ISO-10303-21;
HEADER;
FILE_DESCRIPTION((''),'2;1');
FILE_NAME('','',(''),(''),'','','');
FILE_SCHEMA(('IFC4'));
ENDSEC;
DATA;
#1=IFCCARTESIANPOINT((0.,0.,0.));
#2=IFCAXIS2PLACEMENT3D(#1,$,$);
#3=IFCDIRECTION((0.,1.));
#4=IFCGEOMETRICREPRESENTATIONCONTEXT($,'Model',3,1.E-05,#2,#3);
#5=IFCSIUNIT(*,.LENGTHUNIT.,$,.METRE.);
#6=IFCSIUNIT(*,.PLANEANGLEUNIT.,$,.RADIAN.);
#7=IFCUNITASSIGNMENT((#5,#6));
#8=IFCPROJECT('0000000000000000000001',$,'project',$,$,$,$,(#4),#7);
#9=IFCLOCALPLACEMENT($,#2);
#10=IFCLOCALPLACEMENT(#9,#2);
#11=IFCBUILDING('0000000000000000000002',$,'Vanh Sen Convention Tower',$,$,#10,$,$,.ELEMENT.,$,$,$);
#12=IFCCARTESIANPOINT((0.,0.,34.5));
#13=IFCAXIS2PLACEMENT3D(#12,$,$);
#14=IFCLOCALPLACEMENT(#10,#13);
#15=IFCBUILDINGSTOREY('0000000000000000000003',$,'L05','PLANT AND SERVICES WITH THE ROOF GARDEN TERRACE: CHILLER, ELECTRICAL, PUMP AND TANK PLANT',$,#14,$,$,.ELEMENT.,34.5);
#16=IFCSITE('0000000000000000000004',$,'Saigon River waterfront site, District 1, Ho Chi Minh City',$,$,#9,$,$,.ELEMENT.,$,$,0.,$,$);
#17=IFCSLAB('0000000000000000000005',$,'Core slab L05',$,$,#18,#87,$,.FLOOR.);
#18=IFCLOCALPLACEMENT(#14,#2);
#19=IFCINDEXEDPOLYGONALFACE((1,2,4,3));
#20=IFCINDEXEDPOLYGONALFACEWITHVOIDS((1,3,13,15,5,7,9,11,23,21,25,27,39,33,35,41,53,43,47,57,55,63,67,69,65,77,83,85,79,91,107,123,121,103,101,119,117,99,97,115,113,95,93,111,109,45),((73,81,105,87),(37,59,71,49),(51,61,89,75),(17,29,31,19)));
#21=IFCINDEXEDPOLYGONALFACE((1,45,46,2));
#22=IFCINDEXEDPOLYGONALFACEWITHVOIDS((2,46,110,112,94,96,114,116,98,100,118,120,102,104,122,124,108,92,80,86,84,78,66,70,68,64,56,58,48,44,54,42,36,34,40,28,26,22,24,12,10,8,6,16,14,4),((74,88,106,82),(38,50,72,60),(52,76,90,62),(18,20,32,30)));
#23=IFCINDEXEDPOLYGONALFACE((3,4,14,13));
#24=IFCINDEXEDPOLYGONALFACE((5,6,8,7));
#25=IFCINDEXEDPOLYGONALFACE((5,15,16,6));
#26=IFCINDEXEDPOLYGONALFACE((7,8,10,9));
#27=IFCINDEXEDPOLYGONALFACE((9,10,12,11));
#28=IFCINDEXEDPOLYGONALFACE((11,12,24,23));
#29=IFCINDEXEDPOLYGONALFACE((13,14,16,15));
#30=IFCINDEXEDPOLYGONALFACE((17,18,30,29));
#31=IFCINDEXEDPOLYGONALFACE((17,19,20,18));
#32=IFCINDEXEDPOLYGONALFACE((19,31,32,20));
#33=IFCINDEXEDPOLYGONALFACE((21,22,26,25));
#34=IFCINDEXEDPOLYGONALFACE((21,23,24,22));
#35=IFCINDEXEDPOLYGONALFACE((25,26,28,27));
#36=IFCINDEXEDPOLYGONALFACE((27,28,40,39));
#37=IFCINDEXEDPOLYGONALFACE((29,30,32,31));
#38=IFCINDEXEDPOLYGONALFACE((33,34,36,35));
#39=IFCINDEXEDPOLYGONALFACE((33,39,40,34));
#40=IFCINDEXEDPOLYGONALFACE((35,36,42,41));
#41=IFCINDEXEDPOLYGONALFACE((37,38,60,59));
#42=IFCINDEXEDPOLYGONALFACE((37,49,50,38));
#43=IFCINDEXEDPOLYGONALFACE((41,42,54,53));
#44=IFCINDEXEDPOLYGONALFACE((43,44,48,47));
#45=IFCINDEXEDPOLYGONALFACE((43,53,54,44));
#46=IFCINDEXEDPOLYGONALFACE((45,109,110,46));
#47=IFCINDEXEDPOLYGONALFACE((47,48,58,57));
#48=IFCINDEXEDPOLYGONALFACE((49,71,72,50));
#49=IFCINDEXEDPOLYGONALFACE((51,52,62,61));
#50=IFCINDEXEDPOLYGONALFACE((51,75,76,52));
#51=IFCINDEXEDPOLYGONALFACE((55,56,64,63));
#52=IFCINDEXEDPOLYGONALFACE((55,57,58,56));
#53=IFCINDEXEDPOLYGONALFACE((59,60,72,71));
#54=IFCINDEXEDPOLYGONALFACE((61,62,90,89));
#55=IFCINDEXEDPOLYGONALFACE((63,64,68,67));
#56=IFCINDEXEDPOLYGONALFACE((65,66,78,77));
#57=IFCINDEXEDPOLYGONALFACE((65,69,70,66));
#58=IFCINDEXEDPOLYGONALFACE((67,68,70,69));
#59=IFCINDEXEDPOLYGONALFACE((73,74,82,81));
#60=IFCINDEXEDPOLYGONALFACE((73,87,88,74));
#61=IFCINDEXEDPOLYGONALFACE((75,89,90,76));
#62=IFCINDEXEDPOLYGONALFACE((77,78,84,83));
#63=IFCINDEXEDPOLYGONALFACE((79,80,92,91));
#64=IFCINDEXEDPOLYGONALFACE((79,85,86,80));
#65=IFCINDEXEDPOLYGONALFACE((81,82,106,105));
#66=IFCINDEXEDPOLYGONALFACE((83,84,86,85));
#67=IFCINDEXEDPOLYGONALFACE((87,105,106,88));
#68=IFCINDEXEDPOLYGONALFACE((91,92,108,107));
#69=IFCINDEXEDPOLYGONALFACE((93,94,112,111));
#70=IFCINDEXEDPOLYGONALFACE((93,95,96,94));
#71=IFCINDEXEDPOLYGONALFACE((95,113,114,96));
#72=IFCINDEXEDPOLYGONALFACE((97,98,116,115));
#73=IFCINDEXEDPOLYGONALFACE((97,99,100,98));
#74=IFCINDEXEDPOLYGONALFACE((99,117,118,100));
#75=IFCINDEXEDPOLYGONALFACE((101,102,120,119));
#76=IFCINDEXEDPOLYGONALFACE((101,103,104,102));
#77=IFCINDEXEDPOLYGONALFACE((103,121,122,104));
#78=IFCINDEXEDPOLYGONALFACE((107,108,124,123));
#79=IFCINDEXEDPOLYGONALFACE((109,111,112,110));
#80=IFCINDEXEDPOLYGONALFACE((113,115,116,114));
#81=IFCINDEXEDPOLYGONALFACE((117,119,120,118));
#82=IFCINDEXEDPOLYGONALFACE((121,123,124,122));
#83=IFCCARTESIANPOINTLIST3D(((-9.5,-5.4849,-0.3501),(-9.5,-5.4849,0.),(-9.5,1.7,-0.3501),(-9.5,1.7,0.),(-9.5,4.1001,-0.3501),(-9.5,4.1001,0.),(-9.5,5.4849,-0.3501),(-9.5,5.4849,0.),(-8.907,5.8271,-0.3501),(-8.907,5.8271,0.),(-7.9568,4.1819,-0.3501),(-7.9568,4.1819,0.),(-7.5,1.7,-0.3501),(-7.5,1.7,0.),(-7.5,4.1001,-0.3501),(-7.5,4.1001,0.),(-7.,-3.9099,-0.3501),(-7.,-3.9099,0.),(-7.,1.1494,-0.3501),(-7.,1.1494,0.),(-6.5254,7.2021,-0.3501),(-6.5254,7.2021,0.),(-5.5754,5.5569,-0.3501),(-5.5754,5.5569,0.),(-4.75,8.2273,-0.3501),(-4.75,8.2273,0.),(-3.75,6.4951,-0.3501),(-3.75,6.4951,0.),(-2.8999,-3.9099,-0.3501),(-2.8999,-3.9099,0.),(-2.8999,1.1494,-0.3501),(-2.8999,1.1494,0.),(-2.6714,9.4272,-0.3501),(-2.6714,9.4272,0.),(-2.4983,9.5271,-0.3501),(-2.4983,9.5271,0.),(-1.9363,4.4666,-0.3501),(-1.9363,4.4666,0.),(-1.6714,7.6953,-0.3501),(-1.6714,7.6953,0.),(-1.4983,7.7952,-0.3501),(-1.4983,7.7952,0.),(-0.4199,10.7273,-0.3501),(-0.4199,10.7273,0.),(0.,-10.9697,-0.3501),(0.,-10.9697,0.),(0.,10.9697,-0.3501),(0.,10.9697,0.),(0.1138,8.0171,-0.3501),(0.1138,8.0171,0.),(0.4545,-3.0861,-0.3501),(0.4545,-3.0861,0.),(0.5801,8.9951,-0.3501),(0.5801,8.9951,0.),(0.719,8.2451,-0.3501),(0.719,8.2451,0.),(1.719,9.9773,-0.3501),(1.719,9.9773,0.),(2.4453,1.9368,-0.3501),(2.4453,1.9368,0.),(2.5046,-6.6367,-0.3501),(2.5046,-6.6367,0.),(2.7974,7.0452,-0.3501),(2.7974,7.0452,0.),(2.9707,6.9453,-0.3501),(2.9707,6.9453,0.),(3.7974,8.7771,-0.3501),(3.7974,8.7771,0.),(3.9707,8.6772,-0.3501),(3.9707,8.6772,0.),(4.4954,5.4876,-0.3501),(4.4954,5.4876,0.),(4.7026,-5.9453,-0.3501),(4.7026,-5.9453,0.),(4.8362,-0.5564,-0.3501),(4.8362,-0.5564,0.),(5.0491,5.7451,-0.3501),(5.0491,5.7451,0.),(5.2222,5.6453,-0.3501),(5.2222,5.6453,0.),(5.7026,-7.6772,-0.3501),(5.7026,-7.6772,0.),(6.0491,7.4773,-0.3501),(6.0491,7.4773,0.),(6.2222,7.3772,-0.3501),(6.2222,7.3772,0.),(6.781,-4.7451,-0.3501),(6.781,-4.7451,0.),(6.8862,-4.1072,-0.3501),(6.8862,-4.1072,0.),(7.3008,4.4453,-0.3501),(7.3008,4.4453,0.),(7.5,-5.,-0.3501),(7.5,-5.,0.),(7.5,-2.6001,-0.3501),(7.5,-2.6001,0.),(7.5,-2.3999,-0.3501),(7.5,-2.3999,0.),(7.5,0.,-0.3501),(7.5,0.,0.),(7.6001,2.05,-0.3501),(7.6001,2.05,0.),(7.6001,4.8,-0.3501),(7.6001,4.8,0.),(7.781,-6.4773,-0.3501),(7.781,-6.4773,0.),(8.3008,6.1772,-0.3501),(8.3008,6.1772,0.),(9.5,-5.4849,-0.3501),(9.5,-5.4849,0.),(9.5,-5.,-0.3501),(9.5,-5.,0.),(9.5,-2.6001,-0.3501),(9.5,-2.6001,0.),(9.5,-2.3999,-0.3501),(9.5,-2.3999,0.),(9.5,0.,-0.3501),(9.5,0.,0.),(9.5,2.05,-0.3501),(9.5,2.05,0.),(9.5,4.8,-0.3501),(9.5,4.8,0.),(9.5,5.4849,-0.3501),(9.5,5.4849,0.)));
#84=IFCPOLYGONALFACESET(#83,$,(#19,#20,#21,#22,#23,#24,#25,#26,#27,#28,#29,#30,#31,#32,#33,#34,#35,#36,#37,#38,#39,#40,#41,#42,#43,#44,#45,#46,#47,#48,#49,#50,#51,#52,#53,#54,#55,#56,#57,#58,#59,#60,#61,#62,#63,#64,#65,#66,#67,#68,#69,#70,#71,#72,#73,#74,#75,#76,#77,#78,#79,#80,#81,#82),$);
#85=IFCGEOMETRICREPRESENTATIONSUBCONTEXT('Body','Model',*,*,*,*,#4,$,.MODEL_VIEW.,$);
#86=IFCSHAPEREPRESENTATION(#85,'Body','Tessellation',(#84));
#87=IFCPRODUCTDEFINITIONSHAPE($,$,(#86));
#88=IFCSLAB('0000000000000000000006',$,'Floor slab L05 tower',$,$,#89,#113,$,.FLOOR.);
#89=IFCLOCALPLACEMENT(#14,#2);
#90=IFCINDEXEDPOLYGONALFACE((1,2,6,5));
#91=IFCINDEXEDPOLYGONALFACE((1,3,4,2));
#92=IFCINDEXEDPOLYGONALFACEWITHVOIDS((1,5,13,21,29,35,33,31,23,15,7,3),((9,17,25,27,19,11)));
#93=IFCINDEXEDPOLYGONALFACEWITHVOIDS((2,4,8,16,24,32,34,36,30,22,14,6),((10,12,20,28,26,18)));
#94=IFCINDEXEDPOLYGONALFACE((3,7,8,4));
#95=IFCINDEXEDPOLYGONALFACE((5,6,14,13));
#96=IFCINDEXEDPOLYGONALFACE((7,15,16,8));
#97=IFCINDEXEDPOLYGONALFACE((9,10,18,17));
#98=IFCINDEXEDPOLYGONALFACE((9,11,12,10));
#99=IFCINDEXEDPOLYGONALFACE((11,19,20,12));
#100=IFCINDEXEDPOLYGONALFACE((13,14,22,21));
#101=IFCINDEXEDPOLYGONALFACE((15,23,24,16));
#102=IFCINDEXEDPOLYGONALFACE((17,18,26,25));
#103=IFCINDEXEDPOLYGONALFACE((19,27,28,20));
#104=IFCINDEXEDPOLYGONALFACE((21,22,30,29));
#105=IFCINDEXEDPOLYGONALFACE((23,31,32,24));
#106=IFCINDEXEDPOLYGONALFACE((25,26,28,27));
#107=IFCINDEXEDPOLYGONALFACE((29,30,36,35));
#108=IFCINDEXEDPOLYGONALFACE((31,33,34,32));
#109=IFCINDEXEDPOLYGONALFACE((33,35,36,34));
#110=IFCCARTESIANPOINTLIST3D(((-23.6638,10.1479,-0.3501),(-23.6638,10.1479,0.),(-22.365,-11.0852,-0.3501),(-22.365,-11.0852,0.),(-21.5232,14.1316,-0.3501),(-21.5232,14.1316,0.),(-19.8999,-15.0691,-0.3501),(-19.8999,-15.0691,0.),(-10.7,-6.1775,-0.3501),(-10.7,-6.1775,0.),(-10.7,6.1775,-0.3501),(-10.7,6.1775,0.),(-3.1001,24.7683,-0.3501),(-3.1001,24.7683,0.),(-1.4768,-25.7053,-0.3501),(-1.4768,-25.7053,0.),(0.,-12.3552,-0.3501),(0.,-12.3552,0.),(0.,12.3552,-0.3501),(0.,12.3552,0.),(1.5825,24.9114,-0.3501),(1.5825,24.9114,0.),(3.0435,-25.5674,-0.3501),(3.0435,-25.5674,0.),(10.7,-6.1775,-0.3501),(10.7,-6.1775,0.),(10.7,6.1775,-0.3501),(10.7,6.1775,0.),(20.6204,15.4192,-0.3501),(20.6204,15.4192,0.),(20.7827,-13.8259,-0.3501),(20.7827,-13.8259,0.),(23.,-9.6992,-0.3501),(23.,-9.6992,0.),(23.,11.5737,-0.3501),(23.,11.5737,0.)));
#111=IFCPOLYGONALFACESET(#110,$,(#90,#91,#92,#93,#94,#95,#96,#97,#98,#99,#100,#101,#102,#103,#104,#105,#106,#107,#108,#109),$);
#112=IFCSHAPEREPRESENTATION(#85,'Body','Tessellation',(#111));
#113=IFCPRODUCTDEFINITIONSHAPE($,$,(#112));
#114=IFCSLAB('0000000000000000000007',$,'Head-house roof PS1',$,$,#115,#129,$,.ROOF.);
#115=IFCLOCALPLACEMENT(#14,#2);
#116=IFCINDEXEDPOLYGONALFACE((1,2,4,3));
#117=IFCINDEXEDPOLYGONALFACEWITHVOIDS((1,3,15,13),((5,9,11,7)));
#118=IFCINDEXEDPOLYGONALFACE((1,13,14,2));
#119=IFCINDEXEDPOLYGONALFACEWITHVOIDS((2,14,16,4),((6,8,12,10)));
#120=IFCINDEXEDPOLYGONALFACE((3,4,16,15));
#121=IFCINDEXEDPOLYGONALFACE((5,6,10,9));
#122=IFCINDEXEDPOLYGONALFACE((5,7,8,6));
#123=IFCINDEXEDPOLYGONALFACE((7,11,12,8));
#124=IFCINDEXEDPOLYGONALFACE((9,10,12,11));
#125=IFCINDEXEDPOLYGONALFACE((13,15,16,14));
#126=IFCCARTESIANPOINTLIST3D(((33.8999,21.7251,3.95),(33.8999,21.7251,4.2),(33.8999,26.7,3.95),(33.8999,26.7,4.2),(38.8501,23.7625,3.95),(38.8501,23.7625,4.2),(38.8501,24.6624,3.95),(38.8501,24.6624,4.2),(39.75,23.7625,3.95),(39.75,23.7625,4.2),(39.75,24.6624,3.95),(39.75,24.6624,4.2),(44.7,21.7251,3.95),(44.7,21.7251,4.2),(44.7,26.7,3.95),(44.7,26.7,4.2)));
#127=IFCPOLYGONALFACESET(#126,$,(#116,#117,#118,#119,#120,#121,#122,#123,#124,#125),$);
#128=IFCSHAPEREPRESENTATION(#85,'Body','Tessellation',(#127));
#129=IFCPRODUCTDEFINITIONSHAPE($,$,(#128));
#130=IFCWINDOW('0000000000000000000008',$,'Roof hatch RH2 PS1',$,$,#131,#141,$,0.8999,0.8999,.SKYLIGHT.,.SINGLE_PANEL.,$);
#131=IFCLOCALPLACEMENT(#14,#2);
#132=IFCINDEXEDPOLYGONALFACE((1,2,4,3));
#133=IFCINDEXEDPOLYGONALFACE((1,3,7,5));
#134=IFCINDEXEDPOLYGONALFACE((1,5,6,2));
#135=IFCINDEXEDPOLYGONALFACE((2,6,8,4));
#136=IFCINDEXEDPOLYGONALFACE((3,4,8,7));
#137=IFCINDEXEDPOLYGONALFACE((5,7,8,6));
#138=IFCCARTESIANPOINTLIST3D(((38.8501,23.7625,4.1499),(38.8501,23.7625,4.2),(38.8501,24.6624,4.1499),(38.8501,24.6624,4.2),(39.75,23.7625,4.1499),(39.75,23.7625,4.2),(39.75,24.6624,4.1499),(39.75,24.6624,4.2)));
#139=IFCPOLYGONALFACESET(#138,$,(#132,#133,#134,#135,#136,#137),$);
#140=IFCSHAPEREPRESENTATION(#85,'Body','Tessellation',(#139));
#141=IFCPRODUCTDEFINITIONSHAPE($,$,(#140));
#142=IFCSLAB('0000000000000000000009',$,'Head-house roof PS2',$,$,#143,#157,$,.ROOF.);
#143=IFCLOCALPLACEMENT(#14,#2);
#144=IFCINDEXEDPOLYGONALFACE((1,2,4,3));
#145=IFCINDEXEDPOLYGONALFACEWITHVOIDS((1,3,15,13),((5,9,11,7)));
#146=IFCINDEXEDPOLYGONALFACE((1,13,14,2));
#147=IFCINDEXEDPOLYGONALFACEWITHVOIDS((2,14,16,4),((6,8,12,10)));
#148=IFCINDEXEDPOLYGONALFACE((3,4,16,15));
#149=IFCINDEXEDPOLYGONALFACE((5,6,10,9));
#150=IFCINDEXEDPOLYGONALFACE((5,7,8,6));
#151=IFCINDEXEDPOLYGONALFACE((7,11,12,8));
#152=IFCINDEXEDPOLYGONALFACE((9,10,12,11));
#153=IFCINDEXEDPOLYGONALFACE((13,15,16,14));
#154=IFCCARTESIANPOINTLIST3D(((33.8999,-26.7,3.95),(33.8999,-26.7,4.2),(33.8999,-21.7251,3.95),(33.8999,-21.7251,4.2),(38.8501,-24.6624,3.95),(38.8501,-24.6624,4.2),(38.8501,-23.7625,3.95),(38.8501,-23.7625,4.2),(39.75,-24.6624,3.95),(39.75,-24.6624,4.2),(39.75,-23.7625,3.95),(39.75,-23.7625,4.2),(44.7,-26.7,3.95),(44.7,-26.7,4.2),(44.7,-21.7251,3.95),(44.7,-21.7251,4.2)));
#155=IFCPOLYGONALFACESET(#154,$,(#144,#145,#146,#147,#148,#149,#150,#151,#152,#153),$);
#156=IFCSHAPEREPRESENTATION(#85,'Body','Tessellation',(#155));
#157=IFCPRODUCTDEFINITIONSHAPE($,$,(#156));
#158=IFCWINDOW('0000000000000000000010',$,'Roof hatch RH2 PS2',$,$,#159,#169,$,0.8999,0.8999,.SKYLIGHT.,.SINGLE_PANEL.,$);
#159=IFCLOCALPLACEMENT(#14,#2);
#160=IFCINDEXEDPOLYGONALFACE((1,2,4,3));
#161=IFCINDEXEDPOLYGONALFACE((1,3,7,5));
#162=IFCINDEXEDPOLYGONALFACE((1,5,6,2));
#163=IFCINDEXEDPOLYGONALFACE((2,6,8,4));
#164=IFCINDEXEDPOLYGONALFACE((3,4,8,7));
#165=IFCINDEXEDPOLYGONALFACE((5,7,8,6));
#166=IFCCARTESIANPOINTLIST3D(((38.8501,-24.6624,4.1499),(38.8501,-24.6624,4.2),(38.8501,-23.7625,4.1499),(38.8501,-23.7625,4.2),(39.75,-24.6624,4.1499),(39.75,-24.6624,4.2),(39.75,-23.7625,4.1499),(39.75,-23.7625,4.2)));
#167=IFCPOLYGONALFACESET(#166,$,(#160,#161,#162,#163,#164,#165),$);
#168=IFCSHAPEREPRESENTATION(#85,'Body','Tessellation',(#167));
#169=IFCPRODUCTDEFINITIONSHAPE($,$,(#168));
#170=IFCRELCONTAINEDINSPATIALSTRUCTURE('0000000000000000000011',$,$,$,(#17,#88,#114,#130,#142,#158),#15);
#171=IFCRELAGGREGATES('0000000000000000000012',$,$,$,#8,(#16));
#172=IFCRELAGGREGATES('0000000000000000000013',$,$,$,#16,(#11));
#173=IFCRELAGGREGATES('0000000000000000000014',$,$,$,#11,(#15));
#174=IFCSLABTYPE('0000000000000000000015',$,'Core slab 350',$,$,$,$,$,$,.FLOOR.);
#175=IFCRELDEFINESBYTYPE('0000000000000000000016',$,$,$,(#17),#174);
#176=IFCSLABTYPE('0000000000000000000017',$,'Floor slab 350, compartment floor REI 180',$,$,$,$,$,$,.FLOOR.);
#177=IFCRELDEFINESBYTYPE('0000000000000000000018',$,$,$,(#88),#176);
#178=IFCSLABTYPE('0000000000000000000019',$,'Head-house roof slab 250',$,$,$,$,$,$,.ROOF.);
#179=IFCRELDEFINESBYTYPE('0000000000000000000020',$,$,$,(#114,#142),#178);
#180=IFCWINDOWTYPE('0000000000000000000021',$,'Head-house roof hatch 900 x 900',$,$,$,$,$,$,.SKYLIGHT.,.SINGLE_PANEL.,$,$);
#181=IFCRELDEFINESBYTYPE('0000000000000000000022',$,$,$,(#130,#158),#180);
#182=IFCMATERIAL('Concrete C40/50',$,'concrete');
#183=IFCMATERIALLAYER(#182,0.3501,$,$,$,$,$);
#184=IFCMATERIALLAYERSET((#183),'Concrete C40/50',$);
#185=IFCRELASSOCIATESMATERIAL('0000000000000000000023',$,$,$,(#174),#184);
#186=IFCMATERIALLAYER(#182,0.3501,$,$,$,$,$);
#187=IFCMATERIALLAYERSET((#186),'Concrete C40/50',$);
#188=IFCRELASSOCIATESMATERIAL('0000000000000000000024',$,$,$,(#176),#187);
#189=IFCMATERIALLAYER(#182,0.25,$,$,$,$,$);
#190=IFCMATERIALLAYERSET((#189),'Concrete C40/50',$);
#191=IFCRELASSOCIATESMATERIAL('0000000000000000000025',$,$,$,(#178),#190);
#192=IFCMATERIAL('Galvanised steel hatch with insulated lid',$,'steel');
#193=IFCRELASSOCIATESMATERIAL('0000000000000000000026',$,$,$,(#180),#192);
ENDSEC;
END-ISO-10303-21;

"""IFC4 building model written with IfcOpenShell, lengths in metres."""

from ifc_helpers import new_model, si_unit, direction, frame, origin, origin_2d, place, context, subcontext, project, spatial, polyline, rectangle, outline, extrude, material, layer, layer_set, type_object, element, fill, save


model = new_model("IFC4")

# Units and contexts
model_context = context("Model", 3, precision=1e-05, world=origin(), true_north=direction((0.0, 1.0)))
body_context = subcontext(model_context, "Body", "Model", "MODEL_VIEW")
ifc_project = project(units=[si_unit("LENGTHUNIT", "METRE"), si_unit("PLANEANGLEUNIT", "RADIAN")], contexts=[model_context])

# Site, building, storey
site_placement = place(None, origin())
site = spatial("IfcSite", under=ifc_project, at=site_placement, Name="Saigon River waterfront site, District 1, Ho Chi Minh City", CompositionType="ELEMENT", RefElevation=0.0)
building_placement = place(site_placement, origin())
building = spatial("IfcBuilding", under=site, at=building_placement, Name="Vanh Sen Convention Tower", CompositionType="ELEMENT")
storey_placement = place(building_placement, frame((0.0, 0.0, 34.5)))
storey = spatial("IfcBuildingStorey", under=building, at=storey_placement, Name="L05", Description="PLANT AND SERVICES WITH THE ROOF GARDEN TERRACE: CHILLER, ELECTRICAL, PUMP AND TANK PLANT", CompositionType="ELEMENT", Elevation=34.5)

# Slabs
ifc_material_1 = material(Name="Concrete C40/50", Category="concrete")
ifc_layer_1 = layer(ifc_material_1, 0.3501)
ifc_layer_set_1 = layer_set([ifc_layer_1], Name="Concrete C40/50")
slab_type_1 = type_object("IfcSlabType", Name="Core slab 350", PredefinedType="FLOOR", material=ifc_layer_set_1)
slab_1_placement = place(storey_placement, frame((0.0, 0.0, -0.3501)))
element("IfcSlab", 1, at=slab_1_placement, inside=storey, type_object=slab_type_1, Name="Core slab L05", PredefinedType="FLOOR", context=body_context, shape_type="SweptSolid", body=[
    extrude(outline(polyline([(9.5, 5.4849), (9.5, 4.8), (7.6001, 4.8), (7.6001, 2.05), (9.5, 2.05), (9.5, 0.0), (7.5, 0.0), (7.5, -2.3999), (9.5, -2.3999), (9.5, -2.6001), (7.5, -2.6001), (7.5, -5.0), (9.5, -5.0), (9.5, -5.4849), (0.0, -10.9697), (-9.5, -5.4849), (-9.5, 1.7), (-7.5, 1.7), (-7.5, 4.1001), (-9.5, 4.1001), (-9.5, 5.4849), (-8.907, 5.8271), (-7.9568, 4.1819), (-5.5754, 5.5569), (-6.5254, 7.2021), (-4.75, 8.2273), (-3.75, 6.4951), (-1.6714, 7.6953), (-2.6714, 9.4272), (-2.4983, 9.5271), (-1.4983, 7.7952), (0.5801, 8.9951), (-0.4199, 10.7273), (0.0, 10.9697), (1.719, 9.9773), (0.719, 8.2451), (2.7974, 7.0452), (3.7974, 8.7771), (3.9707, 8.6772), (2.9707, 6.9453), (5.0491, 5.7451), (6.0491, 7.4773), (6.2222, 7.3772), (5.2222, 5.6453), (7.3008, 4.4453), (8.3008, 6.1772), (9.5, 5.4849)]), holes=[polyline([(-7.0, 3.1499), (-7.0, -3.9099), (-2.8999, -3.9099), (-2.8999, 3.1499), (-2.8999, 1.1494), (-7.0, 1.1494), (-7.0, 3.1499)]), polyline([(4.4954, 5.4875), (6.228, 4.4873), (0.1138, 8.0171), (-1.9363, 4.4666), (2.4453, 1.9368), (4.4954, 5.4875)]), polyline([(7.781, -6.4773), (6.781, -4.7451), (4.7026, -5.9453), (5.7026, -7.6772), (7.781, -6.4773)]), polyline([(0.4546, -3.0862), (2.5046, -6.6367), (6.8862, -4.1072), (4.8362, -0.5564), (-1.2781, -4.0864), (0.4546, -3.0862)])]), origin(), (0.0, 0.0, 1.0), 0.3501),
])
ifc_layer_2 = layer(ifc_material_1, 0.3501)
ifc_layer_set_2 = layer_set([ifc_layer_2], Name="Concrete C40/50")
slab_type_2 = type_object("IfcSlabType", Name="Floor slab 350, compartment floor REI 180", PredefinedType="FLOOR", material=ifc_layer_set_2)
slab_2_placement = place(storey_placement, frame((0.0, 0.0, -0.3501)))
element("IfcSlab", 2, at=slab_2_placement, inside=storey, type_object=slab_type_2, Name="Floor slab L05 tower", PredefinedType="FLOOR", context=body_context, shape_type="SweptSolid", body=[
    extrude(outline(polyline([(-23.6638, 10.1479), (-22.365, -11.0852), (-19.8999, -15.0691), (-1.4768, -25.7053), (3.0435, -25.5674), (20.7827, -13.8259), (23.0, -9.6992), (23.0, 11.5737), (20.6204, 15.4192), (1.5825, 24.9114), (-3.1001, 24.7683), (-21.5232, 14.1316), (-23.6638, 10.1479)]), holes=[polyline([(0.0, 12.3552), (-10.7, 6.1775), (-10.7, -6.1775), (0.0, -12.3552), (10.7, -6.1775), (10.7, 6.1775), (0.0, 12.3552)])]), origin(), (0.0, 0.0, 1.0), 0.3501),
])

# Slabs, openings, windows
ifc_layer_3 = layer(ifc_material_1, 0.25)
ifc_layer_set_3 = layer_set([ifc_layer_3], Name="Concrete C40/50")
slab_type_3 = type_object("IfcSlabType", Name="Head-house roof slab 250", PredefinedType="ROOF", material=ifc_layer_set_3)
slab_3_placement = place(storey_placement, frame((0.0, 0.0, 3.95)))
slab_3 = element("IfcSlab", 3, at=slab_3_placement, inside=storey, type_object=slab_type_3, Name="Head-house roof PS1", PredefinedType="ROOF", context=body_context, shape_type="SweptSolid", body=[
    extrude(outline(polyline([(33.8999, 21.7251), (44.7, 21.7251), (44.7, 26.7), (33.8999, 26.7), (33.8999, 21.7251)])), origin(), (0.0, 0.0, 1.0), 0.25),
])
opening_1_placement = place(slab_3_placement, frame((39.3, 24.2124, -0.01)))
opening_1 = element("IfcOpeningElement", 4, at=opening_1_placement, cuts=slab_3, PredefinedType="OPENING", context=body_context, shape_type="SweptSolid", body=[
    extrude(rectangle(XDim=0.8999, YDim=0.8999, at=origin_2d()), origin(), (0.0, 0.0, 1.0), 0.27),
])
ifc_material_2 = material(Name="Galvanised steel hatch with insulated lid", Category="steel")
window_type = type_object("IfcWindowType", Name="Head-house roof hatch 900 x 900", PartitioningType="SINGLE_PANEL", PredefinedType="SKYLIGHT", material=ifc_material_2)
window_1_placement = place(opening_1_placement, frame((0.0, 0.0, 0.21)))
window_1 = element("IfcWindow", 5, at=window_1_placement, inside=storey, type_object=window_type, Name="Roof hatch RH2 PS1", OverallHeight=0.8999, OverallWidth=0.8999, PartitioningType="SINGLE_PANEL", PredefinedType="SKYLIGHT", context=body_context, shape_type="SweptSolid", body=[
    extrude(rectangle(XDim=0.8999, YDim=0.8999, at=origin_2d()), origin(), (0.0, 0.0, 1.0), 0.05),
])
fill(opening_1, window_1)
slab_4_placement = place(storey_placement, frame((0.0, 0.0, 3.95)))
slab_4 = element("IfcSlab", 6, at=slab_4_placement, inside=storey, type_object=slab_type_3, Name="Head-house roof PS2", PredefinedType="ROOF", context=body_context, shape_type="SweptSolid", body=[
    extrude(outline(polyline([(33.8999, -26.7), (44.7, -26.7), (44.7, -21.7251), (33.8999, -21.7251), (33.8999, -26.7)])), origin(), (0.0, 0.0, 1.0), 0.25),
])
opening_2_placement = place(slab_4_placement, frame((39.3, -24.2124, -0.01)))
opening_2 = element("IfcOpeningElement", 7, at=opening_2_placement, cuts=slab_4, PredefinedType="OPENING", context=body_context, shape_type="SweptSolid", body=[
    extrude(rectangle(XDim=0.8999, YDim=0.8999, at=origin_2d()), origin(), (0.0, 0.0, 1.0), 0.27),
])
window_2_placement = place(opening_2_placement, frame((0.0, 0.0, 0.21)))
window_2 = element("IfcWindow", 8, at=window_2_placement, inside=storey, type_object=window_type, Name="Roof hatch RH2 PS2", OverallHeight=0.8999, OverallWidth=0.8999, PartitioningType="SINGLE_PANEL", PredefinedType="SKYLIGHT", context=body_context, shape_type="SweptSolid", body=[
    extrude(rectangle(XDim=0.8999, YDim=0.8999, at=origin_2d()), origin(), (0.0, 0.0, 1.0), 0.05),
])
fill(opening_2, window_2)

save(model, "model.ifc")
